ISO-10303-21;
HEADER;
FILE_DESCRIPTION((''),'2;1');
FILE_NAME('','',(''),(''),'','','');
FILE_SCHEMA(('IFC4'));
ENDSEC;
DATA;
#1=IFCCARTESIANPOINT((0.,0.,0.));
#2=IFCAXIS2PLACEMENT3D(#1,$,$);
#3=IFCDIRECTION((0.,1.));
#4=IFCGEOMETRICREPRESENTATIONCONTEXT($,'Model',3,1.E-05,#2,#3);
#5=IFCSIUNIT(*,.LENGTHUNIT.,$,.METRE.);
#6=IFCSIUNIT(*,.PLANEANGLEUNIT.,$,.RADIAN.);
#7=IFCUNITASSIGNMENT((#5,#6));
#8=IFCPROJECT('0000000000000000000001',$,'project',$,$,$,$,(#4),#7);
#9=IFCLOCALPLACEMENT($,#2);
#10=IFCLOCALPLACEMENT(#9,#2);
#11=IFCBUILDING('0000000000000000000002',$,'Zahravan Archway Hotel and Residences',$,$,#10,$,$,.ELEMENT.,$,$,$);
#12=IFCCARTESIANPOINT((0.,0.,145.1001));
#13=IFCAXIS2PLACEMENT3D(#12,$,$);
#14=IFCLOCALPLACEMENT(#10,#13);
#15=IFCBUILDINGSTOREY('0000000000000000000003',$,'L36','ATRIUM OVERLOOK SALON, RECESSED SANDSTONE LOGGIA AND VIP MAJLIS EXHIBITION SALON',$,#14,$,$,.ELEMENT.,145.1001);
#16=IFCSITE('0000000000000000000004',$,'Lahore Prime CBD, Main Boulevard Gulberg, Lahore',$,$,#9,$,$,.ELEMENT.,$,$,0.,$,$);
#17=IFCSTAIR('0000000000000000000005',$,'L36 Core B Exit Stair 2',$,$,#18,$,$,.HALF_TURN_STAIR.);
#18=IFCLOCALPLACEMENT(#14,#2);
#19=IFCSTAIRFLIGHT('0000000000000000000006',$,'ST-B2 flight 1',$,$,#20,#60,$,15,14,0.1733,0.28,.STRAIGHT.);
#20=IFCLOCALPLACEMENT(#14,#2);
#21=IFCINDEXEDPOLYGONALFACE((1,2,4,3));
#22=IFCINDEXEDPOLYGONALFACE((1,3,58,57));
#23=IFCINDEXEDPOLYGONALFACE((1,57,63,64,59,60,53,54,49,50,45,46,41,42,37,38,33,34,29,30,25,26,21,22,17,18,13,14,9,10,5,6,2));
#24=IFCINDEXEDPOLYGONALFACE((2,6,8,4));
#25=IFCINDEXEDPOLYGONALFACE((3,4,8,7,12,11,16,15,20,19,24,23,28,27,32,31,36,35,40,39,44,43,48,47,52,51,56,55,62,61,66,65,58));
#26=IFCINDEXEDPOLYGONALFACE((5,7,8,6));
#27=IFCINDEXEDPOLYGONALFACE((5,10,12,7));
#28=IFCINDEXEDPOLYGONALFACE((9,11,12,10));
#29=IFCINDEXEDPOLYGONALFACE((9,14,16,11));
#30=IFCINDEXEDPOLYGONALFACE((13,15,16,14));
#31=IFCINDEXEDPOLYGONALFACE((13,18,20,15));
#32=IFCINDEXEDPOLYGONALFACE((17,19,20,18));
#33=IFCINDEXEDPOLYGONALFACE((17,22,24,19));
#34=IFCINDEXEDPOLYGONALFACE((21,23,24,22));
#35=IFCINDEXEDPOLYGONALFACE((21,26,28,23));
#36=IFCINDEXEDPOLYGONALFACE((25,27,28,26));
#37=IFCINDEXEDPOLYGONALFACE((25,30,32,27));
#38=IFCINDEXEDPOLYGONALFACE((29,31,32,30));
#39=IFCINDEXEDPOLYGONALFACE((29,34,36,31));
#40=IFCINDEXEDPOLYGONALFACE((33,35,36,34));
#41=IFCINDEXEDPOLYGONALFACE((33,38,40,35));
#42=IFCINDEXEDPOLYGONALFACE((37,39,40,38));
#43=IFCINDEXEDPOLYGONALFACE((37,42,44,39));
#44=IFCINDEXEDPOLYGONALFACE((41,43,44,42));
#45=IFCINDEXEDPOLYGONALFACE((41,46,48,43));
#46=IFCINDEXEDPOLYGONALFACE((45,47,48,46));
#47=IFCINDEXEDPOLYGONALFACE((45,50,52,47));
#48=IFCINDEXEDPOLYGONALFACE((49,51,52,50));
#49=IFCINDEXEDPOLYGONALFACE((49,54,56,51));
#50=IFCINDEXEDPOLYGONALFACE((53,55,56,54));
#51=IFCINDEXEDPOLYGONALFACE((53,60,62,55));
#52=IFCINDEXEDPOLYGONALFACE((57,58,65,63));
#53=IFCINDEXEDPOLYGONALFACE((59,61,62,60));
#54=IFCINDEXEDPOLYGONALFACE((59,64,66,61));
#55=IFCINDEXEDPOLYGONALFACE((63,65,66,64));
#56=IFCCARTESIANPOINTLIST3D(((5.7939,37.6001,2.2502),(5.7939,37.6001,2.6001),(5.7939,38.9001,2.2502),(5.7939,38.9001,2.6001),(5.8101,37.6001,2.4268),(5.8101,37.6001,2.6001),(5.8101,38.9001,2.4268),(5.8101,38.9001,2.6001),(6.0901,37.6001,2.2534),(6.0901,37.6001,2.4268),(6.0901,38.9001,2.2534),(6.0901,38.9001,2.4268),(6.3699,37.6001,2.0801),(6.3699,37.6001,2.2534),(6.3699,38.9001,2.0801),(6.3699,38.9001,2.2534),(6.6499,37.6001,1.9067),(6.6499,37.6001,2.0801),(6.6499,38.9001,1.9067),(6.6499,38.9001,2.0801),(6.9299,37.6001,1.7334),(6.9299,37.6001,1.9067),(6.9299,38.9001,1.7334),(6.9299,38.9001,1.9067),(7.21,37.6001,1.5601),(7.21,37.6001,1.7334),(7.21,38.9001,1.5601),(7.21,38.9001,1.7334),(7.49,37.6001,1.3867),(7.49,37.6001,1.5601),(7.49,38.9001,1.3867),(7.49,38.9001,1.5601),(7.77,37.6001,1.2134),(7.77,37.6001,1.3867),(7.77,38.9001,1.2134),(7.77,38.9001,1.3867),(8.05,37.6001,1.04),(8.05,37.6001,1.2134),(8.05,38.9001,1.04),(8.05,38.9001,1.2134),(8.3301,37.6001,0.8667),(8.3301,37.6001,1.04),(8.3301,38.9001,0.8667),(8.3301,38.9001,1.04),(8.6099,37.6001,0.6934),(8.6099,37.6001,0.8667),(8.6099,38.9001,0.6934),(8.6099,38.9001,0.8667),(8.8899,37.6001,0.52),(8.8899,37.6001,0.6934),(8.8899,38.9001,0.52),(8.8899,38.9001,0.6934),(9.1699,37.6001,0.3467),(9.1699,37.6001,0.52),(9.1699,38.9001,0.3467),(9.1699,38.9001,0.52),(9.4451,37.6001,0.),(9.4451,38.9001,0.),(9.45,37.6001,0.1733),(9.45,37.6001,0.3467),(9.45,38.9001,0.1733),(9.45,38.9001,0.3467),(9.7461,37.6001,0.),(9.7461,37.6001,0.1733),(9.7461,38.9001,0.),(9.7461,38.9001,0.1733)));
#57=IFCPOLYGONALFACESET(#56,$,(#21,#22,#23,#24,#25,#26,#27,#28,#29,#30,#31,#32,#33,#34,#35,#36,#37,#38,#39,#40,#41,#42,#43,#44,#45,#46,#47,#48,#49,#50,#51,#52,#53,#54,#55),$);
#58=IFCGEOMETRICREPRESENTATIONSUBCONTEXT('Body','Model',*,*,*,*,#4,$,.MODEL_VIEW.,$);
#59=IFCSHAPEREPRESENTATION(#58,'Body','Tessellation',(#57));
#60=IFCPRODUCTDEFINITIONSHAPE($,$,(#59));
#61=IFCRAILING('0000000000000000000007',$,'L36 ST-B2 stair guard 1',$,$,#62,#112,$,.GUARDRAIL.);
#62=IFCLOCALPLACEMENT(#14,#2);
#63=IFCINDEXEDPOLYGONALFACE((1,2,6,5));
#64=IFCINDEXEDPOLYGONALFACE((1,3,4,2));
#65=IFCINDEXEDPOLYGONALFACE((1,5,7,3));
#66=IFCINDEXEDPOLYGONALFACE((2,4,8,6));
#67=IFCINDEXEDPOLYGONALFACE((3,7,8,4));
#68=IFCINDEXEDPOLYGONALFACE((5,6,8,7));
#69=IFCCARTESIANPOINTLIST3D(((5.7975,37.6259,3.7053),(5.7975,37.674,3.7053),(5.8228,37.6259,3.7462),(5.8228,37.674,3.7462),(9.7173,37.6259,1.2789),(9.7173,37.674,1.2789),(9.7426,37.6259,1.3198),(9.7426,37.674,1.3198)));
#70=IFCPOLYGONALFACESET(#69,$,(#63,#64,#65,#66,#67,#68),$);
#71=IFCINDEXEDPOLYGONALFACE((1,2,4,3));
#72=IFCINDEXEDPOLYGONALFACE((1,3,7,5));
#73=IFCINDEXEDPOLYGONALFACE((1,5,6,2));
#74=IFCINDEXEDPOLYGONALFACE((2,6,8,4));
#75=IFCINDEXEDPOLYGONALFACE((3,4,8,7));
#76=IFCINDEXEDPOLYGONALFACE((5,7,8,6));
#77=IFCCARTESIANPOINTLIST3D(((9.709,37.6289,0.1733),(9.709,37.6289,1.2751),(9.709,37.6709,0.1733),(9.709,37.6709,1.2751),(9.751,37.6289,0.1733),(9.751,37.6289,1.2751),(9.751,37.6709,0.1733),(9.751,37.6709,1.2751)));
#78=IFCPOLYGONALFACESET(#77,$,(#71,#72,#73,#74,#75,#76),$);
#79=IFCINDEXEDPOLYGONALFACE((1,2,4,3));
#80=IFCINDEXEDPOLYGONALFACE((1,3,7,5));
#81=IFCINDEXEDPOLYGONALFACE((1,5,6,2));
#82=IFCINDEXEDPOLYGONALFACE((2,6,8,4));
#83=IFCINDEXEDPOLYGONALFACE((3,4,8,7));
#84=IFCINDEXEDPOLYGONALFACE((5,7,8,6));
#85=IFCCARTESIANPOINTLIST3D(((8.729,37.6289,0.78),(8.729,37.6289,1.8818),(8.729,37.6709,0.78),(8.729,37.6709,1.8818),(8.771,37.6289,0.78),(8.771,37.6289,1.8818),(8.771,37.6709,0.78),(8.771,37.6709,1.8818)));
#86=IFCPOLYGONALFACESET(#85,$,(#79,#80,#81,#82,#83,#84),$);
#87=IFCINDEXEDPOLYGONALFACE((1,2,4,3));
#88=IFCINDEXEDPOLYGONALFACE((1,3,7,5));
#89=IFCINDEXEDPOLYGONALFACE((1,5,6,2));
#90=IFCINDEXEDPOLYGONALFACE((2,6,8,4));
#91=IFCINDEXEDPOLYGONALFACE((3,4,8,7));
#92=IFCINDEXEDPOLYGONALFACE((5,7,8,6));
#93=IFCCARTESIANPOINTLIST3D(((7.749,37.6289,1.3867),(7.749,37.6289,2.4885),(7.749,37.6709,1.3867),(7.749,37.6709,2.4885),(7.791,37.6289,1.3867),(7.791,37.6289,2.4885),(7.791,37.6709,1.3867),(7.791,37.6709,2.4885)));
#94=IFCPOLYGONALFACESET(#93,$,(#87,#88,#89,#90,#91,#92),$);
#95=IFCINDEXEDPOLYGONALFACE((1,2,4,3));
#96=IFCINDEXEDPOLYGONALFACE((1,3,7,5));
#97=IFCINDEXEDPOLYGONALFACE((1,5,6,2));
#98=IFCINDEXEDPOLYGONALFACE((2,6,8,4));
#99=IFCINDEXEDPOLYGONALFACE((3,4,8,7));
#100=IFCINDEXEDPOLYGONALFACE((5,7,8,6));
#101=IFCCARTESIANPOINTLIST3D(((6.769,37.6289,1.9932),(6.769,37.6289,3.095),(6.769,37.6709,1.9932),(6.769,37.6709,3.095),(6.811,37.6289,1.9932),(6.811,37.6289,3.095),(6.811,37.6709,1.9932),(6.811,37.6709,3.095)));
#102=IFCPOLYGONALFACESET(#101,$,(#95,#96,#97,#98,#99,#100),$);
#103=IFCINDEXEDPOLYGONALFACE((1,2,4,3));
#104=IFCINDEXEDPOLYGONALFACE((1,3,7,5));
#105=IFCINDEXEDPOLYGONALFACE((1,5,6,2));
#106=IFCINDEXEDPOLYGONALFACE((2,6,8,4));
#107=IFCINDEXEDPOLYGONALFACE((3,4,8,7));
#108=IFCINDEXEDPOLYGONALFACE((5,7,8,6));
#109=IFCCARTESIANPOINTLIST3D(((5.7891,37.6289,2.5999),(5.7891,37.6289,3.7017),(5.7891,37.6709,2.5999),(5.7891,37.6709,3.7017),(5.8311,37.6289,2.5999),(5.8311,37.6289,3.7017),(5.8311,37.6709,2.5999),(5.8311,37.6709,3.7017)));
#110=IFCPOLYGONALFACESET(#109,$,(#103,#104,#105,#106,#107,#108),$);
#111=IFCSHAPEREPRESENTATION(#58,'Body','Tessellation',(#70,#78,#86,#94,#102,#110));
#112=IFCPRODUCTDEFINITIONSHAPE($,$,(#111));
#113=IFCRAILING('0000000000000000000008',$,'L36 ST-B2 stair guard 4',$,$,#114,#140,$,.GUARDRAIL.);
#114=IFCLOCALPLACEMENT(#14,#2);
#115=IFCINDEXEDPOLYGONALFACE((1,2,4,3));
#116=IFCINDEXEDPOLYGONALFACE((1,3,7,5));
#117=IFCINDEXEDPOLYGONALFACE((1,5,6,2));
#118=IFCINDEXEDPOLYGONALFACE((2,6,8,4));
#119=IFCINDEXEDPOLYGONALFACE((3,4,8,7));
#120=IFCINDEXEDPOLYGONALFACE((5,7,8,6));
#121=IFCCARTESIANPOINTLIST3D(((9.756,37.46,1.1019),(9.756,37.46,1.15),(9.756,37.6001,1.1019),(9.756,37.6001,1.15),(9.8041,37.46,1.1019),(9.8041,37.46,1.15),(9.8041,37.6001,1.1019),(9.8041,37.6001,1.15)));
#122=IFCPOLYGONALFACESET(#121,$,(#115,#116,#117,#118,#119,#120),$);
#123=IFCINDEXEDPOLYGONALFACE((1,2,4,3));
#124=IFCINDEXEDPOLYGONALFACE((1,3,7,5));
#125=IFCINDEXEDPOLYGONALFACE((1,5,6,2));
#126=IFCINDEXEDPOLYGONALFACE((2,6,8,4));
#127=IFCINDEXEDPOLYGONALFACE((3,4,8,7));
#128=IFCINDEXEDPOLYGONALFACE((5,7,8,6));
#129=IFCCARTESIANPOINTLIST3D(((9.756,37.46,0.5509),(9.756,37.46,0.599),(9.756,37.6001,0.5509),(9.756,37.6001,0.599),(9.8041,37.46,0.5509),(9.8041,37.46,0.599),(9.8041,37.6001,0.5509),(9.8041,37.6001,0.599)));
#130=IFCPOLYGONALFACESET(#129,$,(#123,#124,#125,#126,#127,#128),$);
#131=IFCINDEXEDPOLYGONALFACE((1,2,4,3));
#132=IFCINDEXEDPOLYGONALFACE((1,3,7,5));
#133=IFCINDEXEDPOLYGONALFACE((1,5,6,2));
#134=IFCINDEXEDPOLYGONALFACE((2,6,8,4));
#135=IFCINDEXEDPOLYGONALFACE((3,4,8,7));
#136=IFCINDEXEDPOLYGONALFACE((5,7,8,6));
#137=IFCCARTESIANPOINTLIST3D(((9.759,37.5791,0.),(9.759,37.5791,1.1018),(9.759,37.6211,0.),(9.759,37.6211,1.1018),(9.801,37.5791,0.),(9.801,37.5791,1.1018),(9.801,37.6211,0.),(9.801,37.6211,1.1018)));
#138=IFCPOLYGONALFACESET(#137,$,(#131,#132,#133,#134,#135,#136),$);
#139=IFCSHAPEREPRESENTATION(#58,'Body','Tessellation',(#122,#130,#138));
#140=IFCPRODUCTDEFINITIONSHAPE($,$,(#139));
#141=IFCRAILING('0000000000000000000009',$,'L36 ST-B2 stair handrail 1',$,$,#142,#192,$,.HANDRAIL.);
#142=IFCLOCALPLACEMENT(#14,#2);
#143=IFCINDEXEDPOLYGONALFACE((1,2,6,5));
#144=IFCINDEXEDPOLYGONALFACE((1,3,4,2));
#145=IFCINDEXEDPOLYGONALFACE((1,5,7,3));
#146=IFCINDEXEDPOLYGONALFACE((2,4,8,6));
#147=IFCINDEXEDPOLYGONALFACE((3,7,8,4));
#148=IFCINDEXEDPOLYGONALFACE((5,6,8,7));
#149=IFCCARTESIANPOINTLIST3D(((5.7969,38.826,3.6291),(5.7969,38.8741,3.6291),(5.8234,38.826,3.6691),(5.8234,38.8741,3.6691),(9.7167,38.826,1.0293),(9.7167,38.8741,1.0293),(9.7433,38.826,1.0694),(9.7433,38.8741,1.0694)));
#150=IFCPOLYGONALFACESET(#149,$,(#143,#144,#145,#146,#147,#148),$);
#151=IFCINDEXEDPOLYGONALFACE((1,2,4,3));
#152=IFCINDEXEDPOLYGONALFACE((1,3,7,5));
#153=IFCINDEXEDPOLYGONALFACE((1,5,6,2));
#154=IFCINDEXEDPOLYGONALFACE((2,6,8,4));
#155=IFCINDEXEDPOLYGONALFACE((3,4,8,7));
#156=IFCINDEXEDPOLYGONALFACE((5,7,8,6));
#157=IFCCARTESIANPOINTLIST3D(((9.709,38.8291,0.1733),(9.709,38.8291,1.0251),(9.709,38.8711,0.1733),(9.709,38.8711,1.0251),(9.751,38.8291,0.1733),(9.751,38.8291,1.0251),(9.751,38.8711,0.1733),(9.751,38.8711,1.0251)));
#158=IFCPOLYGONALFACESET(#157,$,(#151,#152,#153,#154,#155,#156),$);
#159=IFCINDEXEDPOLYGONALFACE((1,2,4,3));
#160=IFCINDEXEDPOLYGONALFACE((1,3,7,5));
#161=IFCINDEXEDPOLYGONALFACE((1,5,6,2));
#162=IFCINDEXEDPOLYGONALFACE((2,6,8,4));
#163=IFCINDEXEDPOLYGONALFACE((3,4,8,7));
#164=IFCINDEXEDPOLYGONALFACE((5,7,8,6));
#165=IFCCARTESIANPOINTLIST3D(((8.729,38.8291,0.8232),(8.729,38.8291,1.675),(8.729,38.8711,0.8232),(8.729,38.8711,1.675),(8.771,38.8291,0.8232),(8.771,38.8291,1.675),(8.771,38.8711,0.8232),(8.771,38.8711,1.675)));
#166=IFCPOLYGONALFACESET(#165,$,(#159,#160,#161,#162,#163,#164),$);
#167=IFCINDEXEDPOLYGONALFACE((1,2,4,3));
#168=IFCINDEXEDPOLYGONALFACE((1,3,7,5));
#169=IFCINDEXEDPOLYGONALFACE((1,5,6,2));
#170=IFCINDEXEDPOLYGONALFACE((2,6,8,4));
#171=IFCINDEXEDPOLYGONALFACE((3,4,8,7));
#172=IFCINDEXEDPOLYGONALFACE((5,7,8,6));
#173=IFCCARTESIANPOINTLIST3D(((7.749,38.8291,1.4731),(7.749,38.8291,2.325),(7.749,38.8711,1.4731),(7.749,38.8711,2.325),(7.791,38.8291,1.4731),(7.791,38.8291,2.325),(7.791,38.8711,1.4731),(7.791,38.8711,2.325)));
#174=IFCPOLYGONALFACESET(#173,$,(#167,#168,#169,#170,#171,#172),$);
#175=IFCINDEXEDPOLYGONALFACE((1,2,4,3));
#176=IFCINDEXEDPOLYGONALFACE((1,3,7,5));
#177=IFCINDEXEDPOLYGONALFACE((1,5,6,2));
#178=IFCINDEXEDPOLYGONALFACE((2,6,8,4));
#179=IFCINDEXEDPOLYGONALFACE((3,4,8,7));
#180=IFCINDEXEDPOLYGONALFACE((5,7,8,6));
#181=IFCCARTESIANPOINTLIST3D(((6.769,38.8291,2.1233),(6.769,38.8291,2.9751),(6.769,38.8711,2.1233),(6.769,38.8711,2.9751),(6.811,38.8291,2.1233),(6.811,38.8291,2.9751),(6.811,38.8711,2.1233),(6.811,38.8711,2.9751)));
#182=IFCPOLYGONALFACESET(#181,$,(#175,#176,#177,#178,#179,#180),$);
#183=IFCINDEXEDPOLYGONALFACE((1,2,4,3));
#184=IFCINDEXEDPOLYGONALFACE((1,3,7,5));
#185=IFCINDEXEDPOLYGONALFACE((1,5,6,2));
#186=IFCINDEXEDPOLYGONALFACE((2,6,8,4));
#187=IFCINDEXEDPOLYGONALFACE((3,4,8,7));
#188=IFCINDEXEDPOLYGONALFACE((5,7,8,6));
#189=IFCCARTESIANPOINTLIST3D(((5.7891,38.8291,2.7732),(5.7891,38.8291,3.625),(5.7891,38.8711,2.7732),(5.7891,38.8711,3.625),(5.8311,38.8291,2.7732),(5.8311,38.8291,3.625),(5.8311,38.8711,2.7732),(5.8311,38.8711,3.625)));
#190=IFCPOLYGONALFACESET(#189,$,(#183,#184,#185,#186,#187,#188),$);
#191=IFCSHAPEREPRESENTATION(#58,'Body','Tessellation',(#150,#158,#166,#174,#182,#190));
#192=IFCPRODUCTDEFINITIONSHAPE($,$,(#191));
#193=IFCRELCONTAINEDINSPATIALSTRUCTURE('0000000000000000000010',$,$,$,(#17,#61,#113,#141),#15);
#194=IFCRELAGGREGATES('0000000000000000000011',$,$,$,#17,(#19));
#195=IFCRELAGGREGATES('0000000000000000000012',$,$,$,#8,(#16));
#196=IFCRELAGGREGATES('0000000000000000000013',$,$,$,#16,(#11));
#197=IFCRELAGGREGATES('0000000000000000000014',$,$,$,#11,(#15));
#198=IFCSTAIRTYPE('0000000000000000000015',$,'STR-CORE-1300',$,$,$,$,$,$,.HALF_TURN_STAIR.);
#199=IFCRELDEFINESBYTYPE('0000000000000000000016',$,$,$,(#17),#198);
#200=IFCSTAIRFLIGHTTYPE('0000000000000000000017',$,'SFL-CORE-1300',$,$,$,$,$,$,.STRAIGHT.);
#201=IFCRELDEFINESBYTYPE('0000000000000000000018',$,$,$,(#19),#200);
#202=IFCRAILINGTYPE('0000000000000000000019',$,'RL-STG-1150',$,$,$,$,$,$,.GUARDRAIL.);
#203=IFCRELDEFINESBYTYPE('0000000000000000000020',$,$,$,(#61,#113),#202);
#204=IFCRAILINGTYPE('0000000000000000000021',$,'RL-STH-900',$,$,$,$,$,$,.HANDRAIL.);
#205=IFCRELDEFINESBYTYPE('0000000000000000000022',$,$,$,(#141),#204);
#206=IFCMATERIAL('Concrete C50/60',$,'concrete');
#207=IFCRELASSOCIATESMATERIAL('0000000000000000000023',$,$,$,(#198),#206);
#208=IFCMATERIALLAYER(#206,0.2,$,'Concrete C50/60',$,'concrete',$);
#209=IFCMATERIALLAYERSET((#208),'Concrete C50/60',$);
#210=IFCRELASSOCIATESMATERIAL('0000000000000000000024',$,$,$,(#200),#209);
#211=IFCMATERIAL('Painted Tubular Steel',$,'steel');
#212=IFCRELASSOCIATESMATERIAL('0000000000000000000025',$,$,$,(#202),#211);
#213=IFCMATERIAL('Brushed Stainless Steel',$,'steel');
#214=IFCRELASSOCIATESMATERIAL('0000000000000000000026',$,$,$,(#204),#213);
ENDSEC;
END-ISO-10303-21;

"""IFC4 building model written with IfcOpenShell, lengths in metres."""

from ifc_helpers import new_model, si_unit, direction, frame, origin, origin_2d, place, context, subcontext, project, spatial, polyline, rectangle, outline, extrude, source, transform, mapped, material, layer, layer_set, type_object, element, aggregate, save


model = new_model("IFC4")

# Units and contexts
model_context = context("Model", 3, precision=1e-05, world=origin(), true_north=direction((0.0, 1.0)))
body_context = subcontext(model_context, "Body", "Model", "MODEL_VIEW")
ifc_project = project(units=[si_unit("LENGTHUNIT", "METRE"), si_unit("PLANEANGLEUNIT", "RADIAN")], contexts=[model_context])

# Site, building, storey
site_placement = place(None, origin())
site = spatial("IfcSite", under=ifc_project, at=site_placement, Name="Lahore Prime CBD, Main Boulevard Gulberg, Lahore", CompositionType="ELEMENT", RefElevation=0.0)
building_placement = place(site_placement, origin())
building = spatial("IfcBuilding", under=site, at=building_placement, Name="Zahravan Archway Hotel and Residences", CompositionType="ELEMENT")
storey_placement = place(building_placement, frame((0.0, 0.0, 145.1001)))
storey = spatial("IfcBuildingStorey", under=building, at=storey_placement, Name="L36", Description="ATRIUM OVERLOOK SALON, RECESSED SANDSTONE LOGGIA AND VIP MAJLIS EXHIBITION SALON", CompositionType="ELEMENT", Elevation=145.1001)

# Shared definitions
ifc_material_1 = material(Name="Concrete C50/60", Category="concrete")

# Stair, stair flight
stair_type = type_object("IfcStairType", Name="STR-CORE-1300", PredefinedType="HALF_TURN_STAIR", material=ifc_material_1)
stair_placement = place(storey_placement, origin())
stair = element("IfcStair", 1, at=stair_placement, inside=storey, type_object=stair_type, Name="L36 Core B Exit Stair 2", PredefinedType="HALF_TURN_STAIR")
ifc_layer_1 = layer(ifc_material_1, 0.2, Name="Concrete C50/60", Category="concrete")
ifc_layer_set_1 = layer_set([ifc_layer_1], Name="Concrete C50/60")
stair_flight_type = type_object("IfcStairFlightType", Name="SFL-CORE-1300", PredefinedType="STRAIGHT", material=ifc_layer_set_1)
shared_shape_1 = source(origin(), body_context, "Body", "SweptSolid", [
    extrude(outline(polyline([(-0.0161, 0.0), (-0.0161, 0.1733), (0.28, 0.1733), (0.28, 0.3467), (0.5601, 0.3467), (0.5601, 0.52), (0.8401, 0.52), (0.8401, 0.6934), (1.1201, 0.6934), (1.1201, 0.8667), (1.3999, 0.8667), (1.3999, 1.04), (1.6799, 1.04), (1.6799, 1.2134), (1.96, 1.2134), (1.96, 1.3867), (2.24, 1.3867), (2.24, 1.5601), (2.52, 1.5601), (2.52, 1.7334), (2.8, 1.7334), (2.8, 1.9067), (3.0801, 1.9067), (3.0801, 2.0801), (3.3601, 2.0801), (3.3601, 2.2534), (3.6399, 2.2534), (3.6399, 2.4268), (3.9199, 2.4268), (3.9199, 2.6001), (3.936, 2.6001), (3.936, 2.2502), (0.2849, 0.0), (-0.0161, 0.0)])), frame((0.0, 0.6499, 0.0), z_axis=(0.0, -1.0, 0.0), x_axis=(1.0, 0.0, 0.0)), (0.0, 0.0, 1.0), 1.3),
])
stair_flight_placement = place(storey_placement, frame((9.73, 38.25, 0.0), z_axis=(0.0, 0.0, 1.0), x_axis=(-1.0, 0.0, 0.0)))
stair_flight = element("IfcStairFlight", 2, at=stair_flight_placement, type_object=stair_flight_type, Name="ST-B2 flight 1", NumberOfRisers=15, NumberOfTreads=14, PredefinedType="STRAIGHT", RiserHeight=0.1733, TreadLength=0.28, context=body_context, shape_type="MappedRepresentation", body=[
    mapped(shared_shape_1, transform((0.0, 0.0, 0.0), scale=1.0)),
])
aggregate(stair, [stair_flight])

# Railings
ifc_material_2 = material(Name="Painted Tubular Steel", Category="steel")
railing_type_1 = type_object("IfcRailingType", Name="RL-STG-1150", PredefinedType="GUARDRAIL", material=ifc_material_2)
railing_1_placement = place(storey_placement, frame((9.73, 37.6499, 0.1733)))
element("IfcRailing", 3, at=railing_1_placement, inside=storey, type_object=railing_type_1, Name="L36 ST-B2 stair guard 1", PredefinedType="GUARDRAIL", context=body_context, shape_type="SweptSolid", body=[
    extrude(rectangle(XDim=0.0481, YDim=0.0481, at=origin_2d()), frame((0.0, 0.0, 1.126), z_axis=(-0.850275, 0.0, 0.526338), x_axis=(0.0, -1.0, 0.0)), (0.0, 0.0, 1.0), 4.6101),
    extrude(rectangle(XDim=0.042, YDim=0.042, at=origin_2d()), origin(), (0.0, 0.0, 1.0), 1.1018),
    extrude(rectangle(XDim=0.042, YDim=0.042, at=origin_2d()), frame((-0.98, 0.0, 0.6067)), (0.0, 0.0, 1.0), 1.1018),
    extrude(rectangle(XDim=0.042, YDim=0.042, at=origin_2d()), frame((-1.96, 0.0, 1.2134)), (0.0, 0.0, 1.0), 1.1018),
    extrude(rectangle(XDim=0.042, YDim=0.042, at=origin_2d()), frame((-2.9399, 0.0, 1.8198)), (0.0, 0.0, 1.0), 1.1018),
    extrude(rectangle(XDim=0.042, YDim=0.042, at=origin_2d()), frame((-3.9199, 0.0, 2.4265)), (0.0, 0.0, 1.0), 1.1018),
])
railing_2_placement = place(storey_placement, frame((9.78, 37.6001, 0.0)))
element("IfcRailing", 4, at=railing_2_placement, inside=storey, type_object=railing_type_1, Name="L36 ST-B2 stair guard 4", PredefinedType="GUARDRAIL", context=body_context, shape_type="SweptSolid", body=[
    extrude(rectangle(XDim=0.0481, YDim=0.0481, at=origin_2d()), frame((0.0, 0.0, 1.126), z_axis=(0.0, -1.0, 0.0), x_axis=(1.0, 0.0, 0.0)), (0.0, 0.0, 1.0), 0.1401),
    extrude(rectangle(XDim=0.0481, YDim=0.0481, at=origin_2d()), frame((0.0, 0.0, 0.575), z_axis=(0.0, -1.0, 0.0), x_axis=(1.0, 0.0, 0.0)), (0.0, 0.0, 1.0), 0.1401),
    extrude(rectangle(XDim=0.042, YDim=0.042, at=origin_2d()), origin(), (0.0, 0.0, 1.0), 1.1018),
])
ifc_material_3 = material(Name="Brushed Stainless Steel", Category="steel")
railing_type_2 = type_object("IfcRailingType", Name="RL-STH-900", PredefinedType="HANDRAIL", material=ifc_material_3)
railing_3_placement = place(storey_placement, frame((9.73, 38.8501, 0.1733)))
element("IfcRailing", 5, at=railing_3_placement, inside=storey, type_object=railing_type_2, Name="L36 ST-B2 stair handrail 1", PredefinedType="HANDRAIL", context=body_context, shape_type="SweptSolid", body=[
    extrude(rectangle(XDim=0.0481, YDim=0.0481, at=origin_2d()), frame((0.0, 0.0, 0.876), z_axis=(-0.833366, 0.0, 0.552722), x_axis=(0.0, -1.0, 0.0)), (0.0, 0.0, 1.0), 4.7036),
    extrude(rectangle(XDim=0.042, YDim=0.042, at=origin_2d()), origin(), (0.0, 0.0, 1.0), 0.8518),
    extrude(rectangle(XDim=0.042, YDim=0.042, at=origin_2d()), frame((-0.98, 0.0, 0.6499)), (0.0, 0.0, 1.0), 0.8518),
    extrude(rectangle(XDim=0.042, YDim=0.042, at=origin_2d()), frame((-1.96, 0.0, 1.2998)), (0.0, 0.0, 1.0), 0.8518),
    extrude(rectangle(XDim=0.042, YDim=0.042, at=origin_2d()), frame((-2.9399, 0.0, 1.95)), (0.0, 0.0, 1.0), 0.8518),
    extrude(rectangle(XDim=0.042, YDim=0.042, at=origin_2d()), frame((-3.9199, 0.0, 2.5999)), (0.0, 0.0, 1.0), 0.8518),
])

save(model, "model.ifc")
